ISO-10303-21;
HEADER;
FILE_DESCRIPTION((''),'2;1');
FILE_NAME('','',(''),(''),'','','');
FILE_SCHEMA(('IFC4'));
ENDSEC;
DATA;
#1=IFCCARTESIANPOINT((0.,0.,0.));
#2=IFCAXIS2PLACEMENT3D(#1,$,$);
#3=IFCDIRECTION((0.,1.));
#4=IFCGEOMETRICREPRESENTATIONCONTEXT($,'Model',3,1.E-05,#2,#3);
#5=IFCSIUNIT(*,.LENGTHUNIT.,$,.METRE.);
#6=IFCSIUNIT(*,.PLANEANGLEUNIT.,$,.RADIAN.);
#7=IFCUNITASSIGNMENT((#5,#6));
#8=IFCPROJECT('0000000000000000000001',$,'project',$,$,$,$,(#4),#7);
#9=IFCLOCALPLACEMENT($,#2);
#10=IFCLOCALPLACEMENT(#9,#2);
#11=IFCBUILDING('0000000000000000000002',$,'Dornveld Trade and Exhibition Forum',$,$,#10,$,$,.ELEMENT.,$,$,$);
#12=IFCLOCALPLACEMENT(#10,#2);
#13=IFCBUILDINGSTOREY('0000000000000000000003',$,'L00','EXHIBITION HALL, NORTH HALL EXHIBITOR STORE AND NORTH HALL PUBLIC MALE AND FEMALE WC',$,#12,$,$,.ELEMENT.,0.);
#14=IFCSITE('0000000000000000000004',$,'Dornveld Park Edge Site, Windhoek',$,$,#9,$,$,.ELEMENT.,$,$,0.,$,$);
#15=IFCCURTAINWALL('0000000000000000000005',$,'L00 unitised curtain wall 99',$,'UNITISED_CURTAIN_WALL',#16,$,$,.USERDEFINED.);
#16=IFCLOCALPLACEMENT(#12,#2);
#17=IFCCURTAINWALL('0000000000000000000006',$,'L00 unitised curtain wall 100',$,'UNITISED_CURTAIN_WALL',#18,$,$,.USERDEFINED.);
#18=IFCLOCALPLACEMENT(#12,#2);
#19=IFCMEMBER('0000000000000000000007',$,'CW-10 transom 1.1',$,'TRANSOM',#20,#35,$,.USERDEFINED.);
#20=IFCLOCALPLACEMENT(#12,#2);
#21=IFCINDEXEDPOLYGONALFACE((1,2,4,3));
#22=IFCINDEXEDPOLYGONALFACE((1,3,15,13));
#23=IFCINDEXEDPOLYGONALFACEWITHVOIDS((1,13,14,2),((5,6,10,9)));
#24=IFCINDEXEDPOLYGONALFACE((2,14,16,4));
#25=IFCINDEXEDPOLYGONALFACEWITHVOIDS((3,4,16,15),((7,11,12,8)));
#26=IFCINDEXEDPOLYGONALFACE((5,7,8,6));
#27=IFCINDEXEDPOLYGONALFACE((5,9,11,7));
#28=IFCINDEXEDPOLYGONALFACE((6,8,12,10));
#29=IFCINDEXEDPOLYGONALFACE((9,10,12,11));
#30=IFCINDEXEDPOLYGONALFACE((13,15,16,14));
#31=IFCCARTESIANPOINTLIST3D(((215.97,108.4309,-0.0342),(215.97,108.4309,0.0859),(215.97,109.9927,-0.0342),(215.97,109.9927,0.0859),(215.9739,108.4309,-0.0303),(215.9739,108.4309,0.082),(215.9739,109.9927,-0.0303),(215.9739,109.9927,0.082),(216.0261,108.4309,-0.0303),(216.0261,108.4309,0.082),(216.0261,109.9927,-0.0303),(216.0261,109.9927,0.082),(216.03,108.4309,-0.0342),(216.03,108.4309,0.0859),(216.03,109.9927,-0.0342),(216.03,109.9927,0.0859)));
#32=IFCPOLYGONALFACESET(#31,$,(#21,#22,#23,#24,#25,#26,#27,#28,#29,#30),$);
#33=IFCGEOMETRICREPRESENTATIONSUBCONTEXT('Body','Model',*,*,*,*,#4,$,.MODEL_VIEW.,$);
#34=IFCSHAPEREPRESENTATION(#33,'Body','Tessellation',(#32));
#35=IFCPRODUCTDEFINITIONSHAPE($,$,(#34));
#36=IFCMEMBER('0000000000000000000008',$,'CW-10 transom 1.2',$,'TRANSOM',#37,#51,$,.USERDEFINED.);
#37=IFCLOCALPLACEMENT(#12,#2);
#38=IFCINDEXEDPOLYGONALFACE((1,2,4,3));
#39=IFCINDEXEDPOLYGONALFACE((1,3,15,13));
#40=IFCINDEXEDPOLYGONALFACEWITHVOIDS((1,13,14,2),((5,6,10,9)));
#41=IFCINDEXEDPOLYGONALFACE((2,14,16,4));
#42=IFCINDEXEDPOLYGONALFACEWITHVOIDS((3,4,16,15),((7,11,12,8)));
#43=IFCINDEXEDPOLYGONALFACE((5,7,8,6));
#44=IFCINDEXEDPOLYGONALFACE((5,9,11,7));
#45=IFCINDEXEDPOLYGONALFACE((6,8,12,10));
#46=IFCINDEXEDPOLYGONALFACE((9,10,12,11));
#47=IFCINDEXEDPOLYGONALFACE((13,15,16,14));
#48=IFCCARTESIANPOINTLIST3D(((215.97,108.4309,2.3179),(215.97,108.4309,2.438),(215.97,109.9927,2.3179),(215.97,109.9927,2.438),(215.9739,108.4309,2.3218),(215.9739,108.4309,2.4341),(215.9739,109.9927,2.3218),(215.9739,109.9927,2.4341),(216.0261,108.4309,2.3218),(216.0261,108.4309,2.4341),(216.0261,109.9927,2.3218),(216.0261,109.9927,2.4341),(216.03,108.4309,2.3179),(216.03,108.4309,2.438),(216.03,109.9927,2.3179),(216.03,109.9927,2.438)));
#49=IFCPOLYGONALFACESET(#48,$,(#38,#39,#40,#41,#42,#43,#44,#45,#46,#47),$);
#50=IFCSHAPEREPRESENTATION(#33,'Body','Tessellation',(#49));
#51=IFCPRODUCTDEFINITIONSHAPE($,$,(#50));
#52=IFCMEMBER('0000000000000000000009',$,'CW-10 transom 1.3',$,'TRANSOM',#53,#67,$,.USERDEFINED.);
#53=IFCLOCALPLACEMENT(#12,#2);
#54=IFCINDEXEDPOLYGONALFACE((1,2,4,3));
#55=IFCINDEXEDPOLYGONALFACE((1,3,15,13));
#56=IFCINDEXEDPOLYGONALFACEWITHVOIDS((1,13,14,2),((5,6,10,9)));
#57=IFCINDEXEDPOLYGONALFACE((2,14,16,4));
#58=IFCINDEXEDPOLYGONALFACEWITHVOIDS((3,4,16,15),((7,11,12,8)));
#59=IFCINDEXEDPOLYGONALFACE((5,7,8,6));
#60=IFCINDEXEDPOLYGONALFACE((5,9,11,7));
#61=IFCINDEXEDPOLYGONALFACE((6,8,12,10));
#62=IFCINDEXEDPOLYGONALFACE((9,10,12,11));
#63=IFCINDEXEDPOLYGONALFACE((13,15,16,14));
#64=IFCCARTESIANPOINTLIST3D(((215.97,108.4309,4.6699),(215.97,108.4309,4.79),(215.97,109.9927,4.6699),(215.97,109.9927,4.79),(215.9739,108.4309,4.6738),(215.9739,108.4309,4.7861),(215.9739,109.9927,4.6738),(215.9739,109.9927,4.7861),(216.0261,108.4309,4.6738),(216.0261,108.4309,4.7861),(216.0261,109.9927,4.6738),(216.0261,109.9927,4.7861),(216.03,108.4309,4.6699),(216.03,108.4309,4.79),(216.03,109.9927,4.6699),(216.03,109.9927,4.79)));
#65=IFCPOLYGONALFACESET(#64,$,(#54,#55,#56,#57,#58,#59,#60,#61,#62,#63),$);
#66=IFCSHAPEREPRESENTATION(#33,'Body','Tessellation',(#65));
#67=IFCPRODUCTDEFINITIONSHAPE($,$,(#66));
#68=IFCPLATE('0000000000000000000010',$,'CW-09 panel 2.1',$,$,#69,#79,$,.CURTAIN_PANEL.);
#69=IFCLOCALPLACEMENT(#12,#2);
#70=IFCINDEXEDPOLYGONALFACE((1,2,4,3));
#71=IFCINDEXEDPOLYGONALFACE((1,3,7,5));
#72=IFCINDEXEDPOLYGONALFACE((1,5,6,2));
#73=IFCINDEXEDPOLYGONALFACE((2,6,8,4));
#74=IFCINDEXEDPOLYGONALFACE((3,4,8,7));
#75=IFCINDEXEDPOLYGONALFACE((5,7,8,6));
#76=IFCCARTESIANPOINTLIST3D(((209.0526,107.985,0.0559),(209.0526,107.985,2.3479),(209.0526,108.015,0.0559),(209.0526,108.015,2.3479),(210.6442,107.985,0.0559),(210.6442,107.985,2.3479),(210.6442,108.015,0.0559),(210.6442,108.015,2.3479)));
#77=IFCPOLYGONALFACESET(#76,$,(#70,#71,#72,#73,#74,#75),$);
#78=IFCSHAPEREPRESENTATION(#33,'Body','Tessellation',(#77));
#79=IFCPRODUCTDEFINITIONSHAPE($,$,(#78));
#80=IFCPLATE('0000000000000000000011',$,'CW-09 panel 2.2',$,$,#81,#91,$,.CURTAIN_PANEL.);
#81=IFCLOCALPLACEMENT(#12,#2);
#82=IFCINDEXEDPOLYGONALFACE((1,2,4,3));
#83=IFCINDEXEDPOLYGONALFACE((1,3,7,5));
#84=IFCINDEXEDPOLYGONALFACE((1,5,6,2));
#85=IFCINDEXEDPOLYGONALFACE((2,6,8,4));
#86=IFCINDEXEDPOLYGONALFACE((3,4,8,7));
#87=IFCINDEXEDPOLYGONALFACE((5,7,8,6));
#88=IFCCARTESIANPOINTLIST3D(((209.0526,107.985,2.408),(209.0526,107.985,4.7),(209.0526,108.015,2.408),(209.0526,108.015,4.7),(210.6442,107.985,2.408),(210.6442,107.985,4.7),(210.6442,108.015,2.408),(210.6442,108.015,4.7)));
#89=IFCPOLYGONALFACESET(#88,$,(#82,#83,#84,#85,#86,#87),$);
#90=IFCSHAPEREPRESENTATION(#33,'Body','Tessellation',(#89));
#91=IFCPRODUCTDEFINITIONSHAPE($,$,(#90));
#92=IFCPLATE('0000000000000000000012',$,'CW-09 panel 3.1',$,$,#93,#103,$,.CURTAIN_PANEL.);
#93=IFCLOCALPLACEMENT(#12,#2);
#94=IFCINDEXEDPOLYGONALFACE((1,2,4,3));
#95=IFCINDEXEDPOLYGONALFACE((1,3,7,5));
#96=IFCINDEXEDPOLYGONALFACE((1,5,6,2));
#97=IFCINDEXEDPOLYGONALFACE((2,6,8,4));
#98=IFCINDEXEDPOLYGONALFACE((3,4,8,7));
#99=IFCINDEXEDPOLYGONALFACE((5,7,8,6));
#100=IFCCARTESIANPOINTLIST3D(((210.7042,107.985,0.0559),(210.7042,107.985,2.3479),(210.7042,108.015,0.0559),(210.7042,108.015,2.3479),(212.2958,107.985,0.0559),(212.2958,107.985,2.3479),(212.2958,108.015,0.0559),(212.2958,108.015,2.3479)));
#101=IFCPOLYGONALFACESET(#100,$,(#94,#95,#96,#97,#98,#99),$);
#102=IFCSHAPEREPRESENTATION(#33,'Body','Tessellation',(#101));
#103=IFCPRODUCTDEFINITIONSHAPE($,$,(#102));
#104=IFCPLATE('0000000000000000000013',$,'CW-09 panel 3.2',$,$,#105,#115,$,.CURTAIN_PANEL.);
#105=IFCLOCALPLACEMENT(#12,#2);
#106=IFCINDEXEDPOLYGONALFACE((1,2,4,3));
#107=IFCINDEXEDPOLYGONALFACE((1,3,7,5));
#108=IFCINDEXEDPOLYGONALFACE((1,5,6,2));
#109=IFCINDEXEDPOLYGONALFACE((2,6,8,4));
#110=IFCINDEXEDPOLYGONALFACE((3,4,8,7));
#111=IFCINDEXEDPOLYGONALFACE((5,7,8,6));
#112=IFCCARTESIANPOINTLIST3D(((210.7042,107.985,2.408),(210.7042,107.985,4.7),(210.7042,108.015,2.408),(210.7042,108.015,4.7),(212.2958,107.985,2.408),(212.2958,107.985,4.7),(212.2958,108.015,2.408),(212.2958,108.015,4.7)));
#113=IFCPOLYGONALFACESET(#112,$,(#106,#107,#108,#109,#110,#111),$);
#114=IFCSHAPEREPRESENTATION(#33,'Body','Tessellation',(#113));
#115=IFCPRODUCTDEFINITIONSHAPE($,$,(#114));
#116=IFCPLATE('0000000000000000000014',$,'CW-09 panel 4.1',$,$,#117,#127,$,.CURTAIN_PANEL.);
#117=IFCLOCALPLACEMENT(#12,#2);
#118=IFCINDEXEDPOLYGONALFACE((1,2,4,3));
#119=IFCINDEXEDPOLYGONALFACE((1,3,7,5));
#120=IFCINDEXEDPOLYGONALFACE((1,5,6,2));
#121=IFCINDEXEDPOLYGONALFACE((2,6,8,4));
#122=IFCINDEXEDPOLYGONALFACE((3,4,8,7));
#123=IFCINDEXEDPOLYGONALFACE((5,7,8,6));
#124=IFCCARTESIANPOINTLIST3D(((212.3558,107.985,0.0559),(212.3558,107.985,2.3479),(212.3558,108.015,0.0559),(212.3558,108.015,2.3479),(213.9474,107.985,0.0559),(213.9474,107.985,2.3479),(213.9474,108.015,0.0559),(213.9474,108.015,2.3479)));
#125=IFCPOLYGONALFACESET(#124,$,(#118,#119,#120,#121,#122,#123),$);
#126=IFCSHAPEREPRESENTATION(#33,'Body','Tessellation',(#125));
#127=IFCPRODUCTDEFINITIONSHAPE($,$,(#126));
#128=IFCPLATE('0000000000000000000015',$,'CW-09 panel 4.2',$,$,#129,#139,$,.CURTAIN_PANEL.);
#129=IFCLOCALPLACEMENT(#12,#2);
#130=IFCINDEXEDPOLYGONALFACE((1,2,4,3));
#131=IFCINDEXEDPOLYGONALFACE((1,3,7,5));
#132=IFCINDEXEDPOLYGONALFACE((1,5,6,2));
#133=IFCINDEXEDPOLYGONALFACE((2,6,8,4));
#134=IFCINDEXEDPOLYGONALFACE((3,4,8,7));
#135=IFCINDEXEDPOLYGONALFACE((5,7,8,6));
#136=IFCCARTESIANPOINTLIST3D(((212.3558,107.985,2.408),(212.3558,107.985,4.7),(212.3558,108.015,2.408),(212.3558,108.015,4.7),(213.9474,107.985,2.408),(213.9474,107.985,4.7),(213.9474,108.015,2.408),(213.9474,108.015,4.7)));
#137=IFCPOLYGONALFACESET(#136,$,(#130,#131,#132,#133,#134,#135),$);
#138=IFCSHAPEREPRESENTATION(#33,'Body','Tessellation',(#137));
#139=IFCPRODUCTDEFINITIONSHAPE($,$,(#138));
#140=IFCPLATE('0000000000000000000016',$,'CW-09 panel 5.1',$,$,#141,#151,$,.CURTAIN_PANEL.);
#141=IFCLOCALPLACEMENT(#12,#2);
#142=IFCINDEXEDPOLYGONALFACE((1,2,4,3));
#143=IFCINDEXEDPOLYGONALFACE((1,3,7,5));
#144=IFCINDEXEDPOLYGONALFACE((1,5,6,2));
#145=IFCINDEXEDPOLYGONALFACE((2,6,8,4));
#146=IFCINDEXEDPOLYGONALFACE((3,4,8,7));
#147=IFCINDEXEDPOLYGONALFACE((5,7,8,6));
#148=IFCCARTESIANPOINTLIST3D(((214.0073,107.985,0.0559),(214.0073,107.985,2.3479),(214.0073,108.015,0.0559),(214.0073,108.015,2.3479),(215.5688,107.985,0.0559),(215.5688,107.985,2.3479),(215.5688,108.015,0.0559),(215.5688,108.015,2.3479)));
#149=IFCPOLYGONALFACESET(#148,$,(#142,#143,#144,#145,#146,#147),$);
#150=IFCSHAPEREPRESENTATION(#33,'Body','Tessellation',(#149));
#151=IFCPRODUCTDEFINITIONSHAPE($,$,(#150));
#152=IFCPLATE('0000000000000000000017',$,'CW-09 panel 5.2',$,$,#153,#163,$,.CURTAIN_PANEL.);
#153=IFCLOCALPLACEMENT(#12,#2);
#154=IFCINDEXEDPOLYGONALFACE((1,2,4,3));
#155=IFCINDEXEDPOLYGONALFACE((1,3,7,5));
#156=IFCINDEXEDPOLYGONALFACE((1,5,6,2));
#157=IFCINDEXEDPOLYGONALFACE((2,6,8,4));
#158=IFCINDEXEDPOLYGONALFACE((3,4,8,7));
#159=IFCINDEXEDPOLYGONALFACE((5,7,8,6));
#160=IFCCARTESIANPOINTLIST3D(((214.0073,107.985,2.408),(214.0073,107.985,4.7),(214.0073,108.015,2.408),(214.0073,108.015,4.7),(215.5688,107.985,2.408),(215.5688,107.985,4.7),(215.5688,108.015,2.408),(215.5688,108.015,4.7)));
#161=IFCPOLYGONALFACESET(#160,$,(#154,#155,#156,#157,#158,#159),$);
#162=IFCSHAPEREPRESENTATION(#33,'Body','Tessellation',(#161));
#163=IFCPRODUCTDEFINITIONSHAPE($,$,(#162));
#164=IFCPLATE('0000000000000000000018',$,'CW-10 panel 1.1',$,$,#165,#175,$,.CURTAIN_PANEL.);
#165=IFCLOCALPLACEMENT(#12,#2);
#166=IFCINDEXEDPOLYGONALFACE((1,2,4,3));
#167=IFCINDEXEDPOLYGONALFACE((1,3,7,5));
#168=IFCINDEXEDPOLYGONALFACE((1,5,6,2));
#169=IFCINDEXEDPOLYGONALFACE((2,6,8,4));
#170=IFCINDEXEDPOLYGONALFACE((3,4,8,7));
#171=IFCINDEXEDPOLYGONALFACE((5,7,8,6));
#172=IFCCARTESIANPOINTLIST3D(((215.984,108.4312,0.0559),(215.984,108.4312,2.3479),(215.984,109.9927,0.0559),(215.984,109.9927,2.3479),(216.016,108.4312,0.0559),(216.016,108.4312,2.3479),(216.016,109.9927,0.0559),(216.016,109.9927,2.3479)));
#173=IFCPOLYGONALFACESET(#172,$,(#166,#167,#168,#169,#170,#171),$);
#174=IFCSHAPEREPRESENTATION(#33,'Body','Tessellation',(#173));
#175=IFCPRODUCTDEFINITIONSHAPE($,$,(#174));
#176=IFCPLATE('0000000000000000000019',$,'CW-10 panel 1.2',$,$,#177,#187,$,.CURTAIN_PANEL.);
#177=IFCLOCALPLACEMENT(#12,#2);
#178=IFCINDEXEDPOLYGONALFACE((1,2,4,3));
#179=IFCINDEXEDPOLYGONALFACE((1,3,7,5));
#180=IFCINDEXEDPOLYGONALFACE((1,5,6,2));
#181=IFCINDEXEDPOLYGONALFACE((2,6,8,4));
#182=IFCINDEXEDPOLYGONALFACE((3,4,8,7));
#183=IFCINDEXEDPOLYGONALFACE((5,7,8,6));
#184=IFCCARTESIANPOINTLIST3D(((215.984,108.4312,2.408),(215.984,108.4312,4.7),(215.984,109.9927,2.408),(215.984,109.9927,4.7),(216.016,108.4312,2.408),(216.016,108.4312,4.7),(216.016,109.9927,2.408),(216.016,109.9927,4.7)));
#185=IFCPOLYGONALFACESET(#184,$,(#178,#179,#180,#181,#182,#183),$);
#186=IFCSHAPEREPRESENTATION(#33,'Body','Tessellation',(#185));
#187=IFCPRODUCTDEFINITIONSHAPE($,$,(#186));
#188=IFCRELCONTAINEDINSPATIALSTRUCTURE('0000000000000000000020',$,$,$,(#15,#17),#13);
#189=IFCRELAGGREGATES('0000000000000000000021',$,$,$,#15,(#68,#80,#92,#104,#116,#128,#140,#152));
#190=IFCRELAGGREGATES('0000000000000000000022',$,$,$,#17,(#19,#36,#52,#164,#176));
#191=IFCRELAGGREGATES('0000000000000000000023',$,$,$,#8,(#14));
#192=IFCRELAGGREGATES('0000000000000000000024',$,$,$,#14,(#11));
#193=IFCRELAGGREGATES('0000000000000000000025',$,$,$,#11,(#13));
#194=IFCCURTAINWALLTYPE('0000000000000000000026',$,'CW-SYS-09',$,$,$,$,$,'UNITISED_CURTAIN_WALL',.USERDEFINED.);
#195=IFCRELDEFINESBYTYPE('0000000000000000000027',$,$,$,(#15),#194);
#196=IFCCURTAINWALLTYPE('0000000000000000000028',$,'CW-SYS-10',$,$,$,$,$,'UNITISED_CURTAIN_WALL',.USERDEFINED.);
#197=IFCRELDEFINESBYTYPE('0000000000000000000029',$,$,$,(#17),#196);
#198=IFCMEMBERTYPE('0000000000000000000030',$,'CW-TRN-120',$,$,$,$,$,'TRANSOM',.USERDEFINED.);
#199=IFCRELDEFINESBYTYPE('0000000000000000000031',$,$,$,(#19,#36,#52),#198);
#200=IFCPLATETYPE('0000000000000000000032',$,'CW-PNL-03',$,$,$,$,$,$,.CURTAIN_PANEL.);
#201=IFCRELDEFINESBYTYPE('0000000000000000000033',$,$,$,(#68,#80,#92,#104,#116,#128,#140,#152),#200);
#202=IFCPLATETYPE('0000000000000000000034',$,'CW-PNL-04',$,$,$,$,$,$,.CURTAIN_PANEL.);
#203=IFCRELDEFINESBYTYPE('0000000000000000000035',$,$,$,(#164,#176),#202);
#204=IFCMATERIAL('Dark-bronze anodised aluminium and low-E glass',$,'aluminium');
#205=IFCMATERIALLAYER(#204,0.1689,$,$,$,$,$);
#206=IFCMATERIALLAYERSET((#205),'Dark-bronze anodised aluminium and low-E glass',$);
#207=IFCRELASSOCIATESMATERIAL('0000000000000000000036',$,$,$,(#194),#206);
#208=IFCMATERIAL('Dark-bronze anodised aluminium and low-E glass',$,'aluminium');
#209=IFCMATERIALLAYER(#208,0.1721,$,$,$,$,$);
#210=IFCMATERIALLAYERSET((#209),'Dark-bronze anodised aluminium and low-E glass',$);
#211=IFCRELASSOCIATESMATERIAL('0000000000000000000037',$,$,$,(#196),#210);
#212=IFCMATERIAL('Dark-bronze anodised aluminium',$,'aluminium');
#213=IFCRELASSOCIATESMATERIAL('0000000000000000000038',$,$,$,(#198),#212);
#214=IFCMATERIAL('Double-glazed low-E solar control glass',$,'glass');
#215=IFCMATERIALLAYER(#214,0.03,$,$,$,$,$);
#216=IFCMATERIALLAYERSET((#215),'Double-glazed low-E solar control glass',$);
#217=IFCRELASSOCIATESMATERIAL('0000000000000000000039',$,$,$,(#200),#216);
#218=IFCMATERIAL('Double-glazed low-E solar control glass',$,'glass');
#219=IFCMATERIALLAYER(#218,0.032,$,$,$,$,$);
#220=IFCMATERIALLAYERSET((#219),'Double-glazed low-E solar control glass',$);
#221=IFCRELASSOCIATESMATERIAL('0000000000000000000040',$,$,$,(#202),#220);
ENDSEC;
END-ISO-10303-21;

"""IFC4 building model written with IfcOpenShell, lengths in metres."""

from ifc_helpers import new_model, si_unit, direction, frame, origin, origin_2d, place, context, subcontext, project, spatial, rectangle, hollow_rectangle, extrude, material, layer, layer_set, material_profile, profile_set, type_object, element, aggregate, save


model = new_model("IFC4")

# Units and contexts
model_context = context("Model", 3, precision=1e-05, world=origin(), true_north=direction((0.0, 1.0)))
body_context = subcontext(model_context, "Body", "Model", "MODEL_VIEW")
ifc_project = project(units=[si_unit("LENGTHUNIT", "METRE"), si_unit("PLANEANGLEUNIT", "RADIAN")], contexts=[model_context])

# Site, building, storey
site_placement = place(None, origin())
site = spatial("IfcSite", under=ifc_project, at=site_placement, Name="Dornveld Park Edge Site, Windhoek", CompositionType="ELEMENT", RefElevation=0.0)
building_placement = place(site_placement, origin())
building = spatial("IfcBuilding", under=site, at=building_placement, Name="Dornveld Trade and Exhibition Forum", CompositionType="ELEMENT")
storey_placement = place(building_placement, origin())
storey = spatial("IfcBuildingStorey", under=building, at=storey_placement, Name="L00", Description="EXHIBITION HALL, NORTH HALL EXHIBITOR STORE AND NORTH HALL PUBLIC MALE AND FEMALE WC", CompositionType="ELEMENT", Elevation=0.0)

# Curtain wall
ifc_material_1 = material(Name="Dark-bronze anodised aluminium and low-E glass", Category="aluminium")
ifc_layer_1 = layer(ifc_material_1, 0.1689)
ifc_layer_set_1 = layer_set([ifc_layer_1], Name="Dark-bronze anodised aluminium and low-E glass")
curtain_wall_type_1 = type_object("IfcCurtainWallType", Name="CW-SYS-09", ElementType="UNITISED_CURTAIN_WALL", PredefinedType="USERDEFINED", material=ifc_layer_set_1)
curtain_wall_1_placement = place(storey_placement, origin())
curtain_wall_1 = element("IfcCurtainWall", 1, at=curtain_wall_1_placement, inside=storey, type_object=curtain_wall_type_1, Name="L00 unitised curtain wall 99", ObjectType="UNITISED_CURTAIN_WALL", PredefinedType="USERDEFINED")

# Curtain wall
ifc_material_2 = material(Name="Dark-bronze anodised aluminium and low-E glass", Category="aluminium")
ifc_layer_2 = layer(ifc_material_2, 0.1721)
ifc_layer_set_2 = layer_set([ifc_layer_2], Name="Dark-bronze anodised aluminium and low-E glass")
curtain_wall_type_2 = type_object("IfcCurtainWallType", Name="CW-SYS-10", ElementType="UNITISED_CURTAIN_WALL", PredefinedType="USERDEFINED", material=ifc_layer_set_2)
curtain_wall_2_placement = place(storey_placement, origin())
curtain_wall_2 = element("IfcCurtainWall", 2, at=curtain_wall_2_placement, inside=storey, type_object=curtain_wall_type_2, Name="L00 unitised curtain wall 100", ObjectType="UNITISED_CURTAIN_WALL", PredefinedType="USERDEFINED")

# Members
ifc_material_3 = material(Name="Dark-bronze anodised aluminium", Category="aluminium")
ifc_material_profile_1 = material_profile(ifc_material_3, hollow_rectangle(XDim=0.0601, YDim=0.1201, WallThickness=0.0039, at=origin_2d()), Name="RHS 120x60x4")
ifc_profile_set_1 = profile_set([ifc_material_profile_1], Name="Dark-bronze anodised aluminium")
member_type_1 = type_object("IfcMemberType", Name="CW-TRN-120", ElementType="TRANSOM", PredefinedType="USERDEFINED", material=ifc_profile_set_1)
member_1_placement = place(storey_placement, frame((216.0, 108.4309, 0.0259), z_axis=(0.0, 1.0, 0.0), x_axis=(-1.0, 0.0, 0.0)))
member_1 = element("IfcMember", 3, at=member_1_placement, type_object=member_type_1, Name="CW-10 transom 1.1", ObjectType="TRANSOM", PredefinedType="USERDEFINED", context=body_context, shape_type="SweptSolid", body=[
    extrude(hollow_rectangle(XDim=0.0601, YDim=0.1201, WallThickness=0.0039, at=origin_2d()), origin(), (0.0, 0.0, 1.0), 1.5618),
])
member_2_placement = place(storey_placement, frame((216.0, 108.4309, 2.3779), z_axis=(0.0, 1.0, 0.0), x_axis=(-1.0, 0.0, 0.0)))
member_2 = element("IfcMember", 4, at=member_2_placement, type_object=member_type_1, Name="CW-10 transom 1.2", ObjectType="TRANSOM", PredefinedType="USERDEFINED", context=body_context, shape_type="SweptSolid", body=[
    extrude(hollow_rectangle(XDim=0.0601, YDim=0.1201, WallThickness=0.0039, at=origin_2d()), origin(), (0.0, 0.0, 1.0), 1.5618),
])
member_3_placement = place(storey_placement, frame((216.0, 108.4309, 4.73), z_axis=(0.0, 1.0, 0.0), x_axis=(-1.0, 0.0, 0.0)))
member_3 = element("IfcMember", 5, at=member_3_placement, type_object=member_type_1, Name="CW-10 transom 1.3", ObjectType="TRANSOM", PredefinedType="USERDEFINED", context=body_context, shape_type="SweptSolid", body=[
    extrude(hollow_rectangle(XDim=0.0601, YDim=0.1201, WallThickness=0.0039, at=origin_2d()), origin(), (0.0, 0.0, 1.0), 1.5618),
])

# Plates
ifc_material_4 = material(Name="Double-glazed low-E solar control glass", Category="glass")
ifc_layer_3 = layer(ifc_material_4, 0.03)
ifc_layer_set_3 = layer_set([ifc_layer_3], Name="Double-glazed low-E solar control glass")
plate_type_1 = type_object("IfcPlateType", Name="CW-PNL-03", PredefinedType="CURTAIN_PANEL", material=ifc_layer_set_3)
plate_1_placement = place(storey_placement, frame((209.8484, 108.0, 0.0559), z_axis=(0.0, 0.0, 1.0), x_axis=(1.0, 0.0, 0.0)))
plate_1 = element("IfcPlate", 6, at=plate_1_placement, type_object=plate_type_1, Name="CW-09 panel 2.1", PredefinedType="CURTAIN_PANEL", context=body_context, shape_type="SweptSolid", body=[
    extrude(rectangle(XDim=1.5916, YDim=0.03, at=origin_2d()), origin(), (0.0, 0.0, 1.0), 2.292),
])
plate_2_placement = place(storey_placement, frame((209.8484, 108.0, 2.408), z_axis=(0.0, 0.0, 1.0), x_axis=(1.0, 0.0, 0.0)))
plate_2 = element("IfcPlate", 7, at=plate_2_placement, type_object=plate_type_1, Name="CW-09 panel 2.2", PredefinedType="CURTAIN_PANEL", context=body_context, shape_type="SweptSolid", body=[
    extrude(rectangle(XDim=1.5916, YDim=0.03, at=origin_2d()), origin(), (0.0, 0.0, 1.0), 2.292),
])
plate_3_placement = place(storey_placement, frame((211.5, 108.0, 0.0559), z_axis=(0.0, 0.0, 1.0), x_axis=(1.0, 0.0, 0.0)))
plate_3 = element("IfcPlate", 8, at=plate_3_placement, type_object=plate_type_1, Name="CW-09 panel 3.1", PredefinedType="CURTAIN_PANEL", context=body_context, shape_type="SweptSolid", body=[
    extrude(rectangle(XDim=1.5916, YDim=0.03, at=origin_2d()), origin(), (0.0, 0.0, 1.0), 2.292),
])
plate_4_placement = place(storey_placement, frame((211.5, 108.0, 2.408), z_axis=(0.0, 0.0, 1.0), x_axis=(1.0, 0.0, 0.0)))
plate_4 = element("IfcPlate", 9, at=plate_4_placement, type_object=plate_type_1, Name="CW-09 panel 3.2", PredefinedType="CURTAIN_PANEL", context=body_context, shape_type="SweptSolid", body=[
    extrude(rectangle(XDim=1.5916, YDim=0.03, at=origin_2d()), origin(), (0.0, 0.0, 1.0), 2.292),
])
plate_5_placement = place(storey_placement, frame((213.1516, 108.0, 0.0559), z_axis=(0.0, 0.0, 1.0), x_axis=(1.0, 0.0, 0.0)))
plate_5 = element("IfcPlate", 10, at=plate_5_placement, type_object=plate_type_1, Name="CW-09 panel 4.1", PredefinedType="CURTAIN_PANEL", context=body_context, shape_type="SweptSolid", body=[
    extrude(rectangle(XDim=1.5916, YDim=0.03, at=origin_2d()), origin(), (0.0, 0.0, 1.0), 2.292),
])
plate_6_placement = place(storey_placement, frame((213.1516, 108.0, 2.408), z_axis=(0.0, 0.0, 1.0), x_axis=(1.0, 0.0, 0.0)))
plate_6 = element("IfcPlate", 11, at=plate_6_placement, type_object=plate_type_1, Name="CW-09 panel 4.2", PredefinedType="CURTAIN_PANEL", context=body_context, shape_type="SweptSolid", body=[
    extrude(rectangle(XDim=1.5916, YDim=0.03, at=origin_2d()), origin(), (0.0, 0.0, 1.0), 2.292),
])
plate_7_placement = place(storey_placement, frame((214.7881, 108.0, 0.0559), z_axis=(0.0, 0.0, 1.0), x_axis=(1.0, 0.0, 0.0)))
plate_7 = element("IfcPlate", 12, at=plate_7_placement, type_object=plate_type_1, Name="CW-09 panel 5.1", PredefinedType="CURTAIN_PANEL", context=body_context, shape_type="SweptSolid", body=[
    extrude(rectangle(XDim=1.5615, YDim=0.03, at=origin_2d()), origin(), (0.0, 0.0, 1.0), 2.292),
])
plate_8_placement = place(storey_placement, frame((214.7881, 108.0, 2.408), z_axis=(0.0, 0.0, 1.0), x_axis=(1.0, 0.0, 0.0)))
plate_8 = element("IfcPlate", 13, at=plate_8_placement, type_object=plate_type_1, Name="CW-09 panel 5.2", PredefinedType="CURTAIN_PANEL", context=body_context, shape_type="SweptSolid", body=[
    extrude(rectangle(XDim=1.5615, YDim=0.03, at=origin_2d()), origin(), (0.0, 0.0, 1.0), 2.292),
])
aggregate(curtain_wall_1, [plate_1, plate_2, plate_3, plate_4, plate_5, plate_6, plate_7, plate_8])
ifc_material_5 = material(Name="Double-glazed low-E solar control glass", Category="glass")
ifc_layer_4 = layer(ifc_material_5, 0.032)
ifc_layer_set_4 = layer_set([ifc_layer_4], Name="Double-glazed low-E solar control glass")
plate_type_2 = type_object("IfcPlateType", Name="CW-PNL-04", PredefinedType="CURTAIN_PANEL", material=ifc_layer_set_4)
plate_9_placement = place(storey_placement, frame((216.0, 109.2119, 0.0559), z_axis=(0.0, 0.0, 1.0), x_axis=(0.0, 1.0, 0.0)))
plate_9 = element("IfcPlate", 14, at=plate_9_placement, type_object=plate_type_2, Name="CW-10 panel 1.1", PredefinedType="CURTAIN_PANEL", context=body_context, shape_type="SweptSolid", body=[
    extrude(rectangle(XDim=1.5615, YDim=0.032, at=origin_2d()), origin(), (0.0, 0.0, 1.0), 2.292),
])
plate_10_placement = place(storey_placement, frame((216.0, 109.2119, 2.408), z_axis=(0.0, 0.0, 1.0), x_axis=(0.0, 1.0, 0.0)))
plate_10 = element("IfcPlate", 15, at=plate_10_placement, type_object=plate_type_2, Name="CW-10 panel 1.2", PredefinedType="CURTAIN_PANEL", context=body_context, shape_type="SweptSolid", body=[
    extrude(rectangle(XDim=1.5615, YDim=0.032, at=origin_2d()), origin(), (0.0, 0.0, 1.0), 2.292),
])
aggregate(curtain_wall_2, [member_1, member_2, member_3, plate_9, plate_10])

save(model, "model.ifc")
